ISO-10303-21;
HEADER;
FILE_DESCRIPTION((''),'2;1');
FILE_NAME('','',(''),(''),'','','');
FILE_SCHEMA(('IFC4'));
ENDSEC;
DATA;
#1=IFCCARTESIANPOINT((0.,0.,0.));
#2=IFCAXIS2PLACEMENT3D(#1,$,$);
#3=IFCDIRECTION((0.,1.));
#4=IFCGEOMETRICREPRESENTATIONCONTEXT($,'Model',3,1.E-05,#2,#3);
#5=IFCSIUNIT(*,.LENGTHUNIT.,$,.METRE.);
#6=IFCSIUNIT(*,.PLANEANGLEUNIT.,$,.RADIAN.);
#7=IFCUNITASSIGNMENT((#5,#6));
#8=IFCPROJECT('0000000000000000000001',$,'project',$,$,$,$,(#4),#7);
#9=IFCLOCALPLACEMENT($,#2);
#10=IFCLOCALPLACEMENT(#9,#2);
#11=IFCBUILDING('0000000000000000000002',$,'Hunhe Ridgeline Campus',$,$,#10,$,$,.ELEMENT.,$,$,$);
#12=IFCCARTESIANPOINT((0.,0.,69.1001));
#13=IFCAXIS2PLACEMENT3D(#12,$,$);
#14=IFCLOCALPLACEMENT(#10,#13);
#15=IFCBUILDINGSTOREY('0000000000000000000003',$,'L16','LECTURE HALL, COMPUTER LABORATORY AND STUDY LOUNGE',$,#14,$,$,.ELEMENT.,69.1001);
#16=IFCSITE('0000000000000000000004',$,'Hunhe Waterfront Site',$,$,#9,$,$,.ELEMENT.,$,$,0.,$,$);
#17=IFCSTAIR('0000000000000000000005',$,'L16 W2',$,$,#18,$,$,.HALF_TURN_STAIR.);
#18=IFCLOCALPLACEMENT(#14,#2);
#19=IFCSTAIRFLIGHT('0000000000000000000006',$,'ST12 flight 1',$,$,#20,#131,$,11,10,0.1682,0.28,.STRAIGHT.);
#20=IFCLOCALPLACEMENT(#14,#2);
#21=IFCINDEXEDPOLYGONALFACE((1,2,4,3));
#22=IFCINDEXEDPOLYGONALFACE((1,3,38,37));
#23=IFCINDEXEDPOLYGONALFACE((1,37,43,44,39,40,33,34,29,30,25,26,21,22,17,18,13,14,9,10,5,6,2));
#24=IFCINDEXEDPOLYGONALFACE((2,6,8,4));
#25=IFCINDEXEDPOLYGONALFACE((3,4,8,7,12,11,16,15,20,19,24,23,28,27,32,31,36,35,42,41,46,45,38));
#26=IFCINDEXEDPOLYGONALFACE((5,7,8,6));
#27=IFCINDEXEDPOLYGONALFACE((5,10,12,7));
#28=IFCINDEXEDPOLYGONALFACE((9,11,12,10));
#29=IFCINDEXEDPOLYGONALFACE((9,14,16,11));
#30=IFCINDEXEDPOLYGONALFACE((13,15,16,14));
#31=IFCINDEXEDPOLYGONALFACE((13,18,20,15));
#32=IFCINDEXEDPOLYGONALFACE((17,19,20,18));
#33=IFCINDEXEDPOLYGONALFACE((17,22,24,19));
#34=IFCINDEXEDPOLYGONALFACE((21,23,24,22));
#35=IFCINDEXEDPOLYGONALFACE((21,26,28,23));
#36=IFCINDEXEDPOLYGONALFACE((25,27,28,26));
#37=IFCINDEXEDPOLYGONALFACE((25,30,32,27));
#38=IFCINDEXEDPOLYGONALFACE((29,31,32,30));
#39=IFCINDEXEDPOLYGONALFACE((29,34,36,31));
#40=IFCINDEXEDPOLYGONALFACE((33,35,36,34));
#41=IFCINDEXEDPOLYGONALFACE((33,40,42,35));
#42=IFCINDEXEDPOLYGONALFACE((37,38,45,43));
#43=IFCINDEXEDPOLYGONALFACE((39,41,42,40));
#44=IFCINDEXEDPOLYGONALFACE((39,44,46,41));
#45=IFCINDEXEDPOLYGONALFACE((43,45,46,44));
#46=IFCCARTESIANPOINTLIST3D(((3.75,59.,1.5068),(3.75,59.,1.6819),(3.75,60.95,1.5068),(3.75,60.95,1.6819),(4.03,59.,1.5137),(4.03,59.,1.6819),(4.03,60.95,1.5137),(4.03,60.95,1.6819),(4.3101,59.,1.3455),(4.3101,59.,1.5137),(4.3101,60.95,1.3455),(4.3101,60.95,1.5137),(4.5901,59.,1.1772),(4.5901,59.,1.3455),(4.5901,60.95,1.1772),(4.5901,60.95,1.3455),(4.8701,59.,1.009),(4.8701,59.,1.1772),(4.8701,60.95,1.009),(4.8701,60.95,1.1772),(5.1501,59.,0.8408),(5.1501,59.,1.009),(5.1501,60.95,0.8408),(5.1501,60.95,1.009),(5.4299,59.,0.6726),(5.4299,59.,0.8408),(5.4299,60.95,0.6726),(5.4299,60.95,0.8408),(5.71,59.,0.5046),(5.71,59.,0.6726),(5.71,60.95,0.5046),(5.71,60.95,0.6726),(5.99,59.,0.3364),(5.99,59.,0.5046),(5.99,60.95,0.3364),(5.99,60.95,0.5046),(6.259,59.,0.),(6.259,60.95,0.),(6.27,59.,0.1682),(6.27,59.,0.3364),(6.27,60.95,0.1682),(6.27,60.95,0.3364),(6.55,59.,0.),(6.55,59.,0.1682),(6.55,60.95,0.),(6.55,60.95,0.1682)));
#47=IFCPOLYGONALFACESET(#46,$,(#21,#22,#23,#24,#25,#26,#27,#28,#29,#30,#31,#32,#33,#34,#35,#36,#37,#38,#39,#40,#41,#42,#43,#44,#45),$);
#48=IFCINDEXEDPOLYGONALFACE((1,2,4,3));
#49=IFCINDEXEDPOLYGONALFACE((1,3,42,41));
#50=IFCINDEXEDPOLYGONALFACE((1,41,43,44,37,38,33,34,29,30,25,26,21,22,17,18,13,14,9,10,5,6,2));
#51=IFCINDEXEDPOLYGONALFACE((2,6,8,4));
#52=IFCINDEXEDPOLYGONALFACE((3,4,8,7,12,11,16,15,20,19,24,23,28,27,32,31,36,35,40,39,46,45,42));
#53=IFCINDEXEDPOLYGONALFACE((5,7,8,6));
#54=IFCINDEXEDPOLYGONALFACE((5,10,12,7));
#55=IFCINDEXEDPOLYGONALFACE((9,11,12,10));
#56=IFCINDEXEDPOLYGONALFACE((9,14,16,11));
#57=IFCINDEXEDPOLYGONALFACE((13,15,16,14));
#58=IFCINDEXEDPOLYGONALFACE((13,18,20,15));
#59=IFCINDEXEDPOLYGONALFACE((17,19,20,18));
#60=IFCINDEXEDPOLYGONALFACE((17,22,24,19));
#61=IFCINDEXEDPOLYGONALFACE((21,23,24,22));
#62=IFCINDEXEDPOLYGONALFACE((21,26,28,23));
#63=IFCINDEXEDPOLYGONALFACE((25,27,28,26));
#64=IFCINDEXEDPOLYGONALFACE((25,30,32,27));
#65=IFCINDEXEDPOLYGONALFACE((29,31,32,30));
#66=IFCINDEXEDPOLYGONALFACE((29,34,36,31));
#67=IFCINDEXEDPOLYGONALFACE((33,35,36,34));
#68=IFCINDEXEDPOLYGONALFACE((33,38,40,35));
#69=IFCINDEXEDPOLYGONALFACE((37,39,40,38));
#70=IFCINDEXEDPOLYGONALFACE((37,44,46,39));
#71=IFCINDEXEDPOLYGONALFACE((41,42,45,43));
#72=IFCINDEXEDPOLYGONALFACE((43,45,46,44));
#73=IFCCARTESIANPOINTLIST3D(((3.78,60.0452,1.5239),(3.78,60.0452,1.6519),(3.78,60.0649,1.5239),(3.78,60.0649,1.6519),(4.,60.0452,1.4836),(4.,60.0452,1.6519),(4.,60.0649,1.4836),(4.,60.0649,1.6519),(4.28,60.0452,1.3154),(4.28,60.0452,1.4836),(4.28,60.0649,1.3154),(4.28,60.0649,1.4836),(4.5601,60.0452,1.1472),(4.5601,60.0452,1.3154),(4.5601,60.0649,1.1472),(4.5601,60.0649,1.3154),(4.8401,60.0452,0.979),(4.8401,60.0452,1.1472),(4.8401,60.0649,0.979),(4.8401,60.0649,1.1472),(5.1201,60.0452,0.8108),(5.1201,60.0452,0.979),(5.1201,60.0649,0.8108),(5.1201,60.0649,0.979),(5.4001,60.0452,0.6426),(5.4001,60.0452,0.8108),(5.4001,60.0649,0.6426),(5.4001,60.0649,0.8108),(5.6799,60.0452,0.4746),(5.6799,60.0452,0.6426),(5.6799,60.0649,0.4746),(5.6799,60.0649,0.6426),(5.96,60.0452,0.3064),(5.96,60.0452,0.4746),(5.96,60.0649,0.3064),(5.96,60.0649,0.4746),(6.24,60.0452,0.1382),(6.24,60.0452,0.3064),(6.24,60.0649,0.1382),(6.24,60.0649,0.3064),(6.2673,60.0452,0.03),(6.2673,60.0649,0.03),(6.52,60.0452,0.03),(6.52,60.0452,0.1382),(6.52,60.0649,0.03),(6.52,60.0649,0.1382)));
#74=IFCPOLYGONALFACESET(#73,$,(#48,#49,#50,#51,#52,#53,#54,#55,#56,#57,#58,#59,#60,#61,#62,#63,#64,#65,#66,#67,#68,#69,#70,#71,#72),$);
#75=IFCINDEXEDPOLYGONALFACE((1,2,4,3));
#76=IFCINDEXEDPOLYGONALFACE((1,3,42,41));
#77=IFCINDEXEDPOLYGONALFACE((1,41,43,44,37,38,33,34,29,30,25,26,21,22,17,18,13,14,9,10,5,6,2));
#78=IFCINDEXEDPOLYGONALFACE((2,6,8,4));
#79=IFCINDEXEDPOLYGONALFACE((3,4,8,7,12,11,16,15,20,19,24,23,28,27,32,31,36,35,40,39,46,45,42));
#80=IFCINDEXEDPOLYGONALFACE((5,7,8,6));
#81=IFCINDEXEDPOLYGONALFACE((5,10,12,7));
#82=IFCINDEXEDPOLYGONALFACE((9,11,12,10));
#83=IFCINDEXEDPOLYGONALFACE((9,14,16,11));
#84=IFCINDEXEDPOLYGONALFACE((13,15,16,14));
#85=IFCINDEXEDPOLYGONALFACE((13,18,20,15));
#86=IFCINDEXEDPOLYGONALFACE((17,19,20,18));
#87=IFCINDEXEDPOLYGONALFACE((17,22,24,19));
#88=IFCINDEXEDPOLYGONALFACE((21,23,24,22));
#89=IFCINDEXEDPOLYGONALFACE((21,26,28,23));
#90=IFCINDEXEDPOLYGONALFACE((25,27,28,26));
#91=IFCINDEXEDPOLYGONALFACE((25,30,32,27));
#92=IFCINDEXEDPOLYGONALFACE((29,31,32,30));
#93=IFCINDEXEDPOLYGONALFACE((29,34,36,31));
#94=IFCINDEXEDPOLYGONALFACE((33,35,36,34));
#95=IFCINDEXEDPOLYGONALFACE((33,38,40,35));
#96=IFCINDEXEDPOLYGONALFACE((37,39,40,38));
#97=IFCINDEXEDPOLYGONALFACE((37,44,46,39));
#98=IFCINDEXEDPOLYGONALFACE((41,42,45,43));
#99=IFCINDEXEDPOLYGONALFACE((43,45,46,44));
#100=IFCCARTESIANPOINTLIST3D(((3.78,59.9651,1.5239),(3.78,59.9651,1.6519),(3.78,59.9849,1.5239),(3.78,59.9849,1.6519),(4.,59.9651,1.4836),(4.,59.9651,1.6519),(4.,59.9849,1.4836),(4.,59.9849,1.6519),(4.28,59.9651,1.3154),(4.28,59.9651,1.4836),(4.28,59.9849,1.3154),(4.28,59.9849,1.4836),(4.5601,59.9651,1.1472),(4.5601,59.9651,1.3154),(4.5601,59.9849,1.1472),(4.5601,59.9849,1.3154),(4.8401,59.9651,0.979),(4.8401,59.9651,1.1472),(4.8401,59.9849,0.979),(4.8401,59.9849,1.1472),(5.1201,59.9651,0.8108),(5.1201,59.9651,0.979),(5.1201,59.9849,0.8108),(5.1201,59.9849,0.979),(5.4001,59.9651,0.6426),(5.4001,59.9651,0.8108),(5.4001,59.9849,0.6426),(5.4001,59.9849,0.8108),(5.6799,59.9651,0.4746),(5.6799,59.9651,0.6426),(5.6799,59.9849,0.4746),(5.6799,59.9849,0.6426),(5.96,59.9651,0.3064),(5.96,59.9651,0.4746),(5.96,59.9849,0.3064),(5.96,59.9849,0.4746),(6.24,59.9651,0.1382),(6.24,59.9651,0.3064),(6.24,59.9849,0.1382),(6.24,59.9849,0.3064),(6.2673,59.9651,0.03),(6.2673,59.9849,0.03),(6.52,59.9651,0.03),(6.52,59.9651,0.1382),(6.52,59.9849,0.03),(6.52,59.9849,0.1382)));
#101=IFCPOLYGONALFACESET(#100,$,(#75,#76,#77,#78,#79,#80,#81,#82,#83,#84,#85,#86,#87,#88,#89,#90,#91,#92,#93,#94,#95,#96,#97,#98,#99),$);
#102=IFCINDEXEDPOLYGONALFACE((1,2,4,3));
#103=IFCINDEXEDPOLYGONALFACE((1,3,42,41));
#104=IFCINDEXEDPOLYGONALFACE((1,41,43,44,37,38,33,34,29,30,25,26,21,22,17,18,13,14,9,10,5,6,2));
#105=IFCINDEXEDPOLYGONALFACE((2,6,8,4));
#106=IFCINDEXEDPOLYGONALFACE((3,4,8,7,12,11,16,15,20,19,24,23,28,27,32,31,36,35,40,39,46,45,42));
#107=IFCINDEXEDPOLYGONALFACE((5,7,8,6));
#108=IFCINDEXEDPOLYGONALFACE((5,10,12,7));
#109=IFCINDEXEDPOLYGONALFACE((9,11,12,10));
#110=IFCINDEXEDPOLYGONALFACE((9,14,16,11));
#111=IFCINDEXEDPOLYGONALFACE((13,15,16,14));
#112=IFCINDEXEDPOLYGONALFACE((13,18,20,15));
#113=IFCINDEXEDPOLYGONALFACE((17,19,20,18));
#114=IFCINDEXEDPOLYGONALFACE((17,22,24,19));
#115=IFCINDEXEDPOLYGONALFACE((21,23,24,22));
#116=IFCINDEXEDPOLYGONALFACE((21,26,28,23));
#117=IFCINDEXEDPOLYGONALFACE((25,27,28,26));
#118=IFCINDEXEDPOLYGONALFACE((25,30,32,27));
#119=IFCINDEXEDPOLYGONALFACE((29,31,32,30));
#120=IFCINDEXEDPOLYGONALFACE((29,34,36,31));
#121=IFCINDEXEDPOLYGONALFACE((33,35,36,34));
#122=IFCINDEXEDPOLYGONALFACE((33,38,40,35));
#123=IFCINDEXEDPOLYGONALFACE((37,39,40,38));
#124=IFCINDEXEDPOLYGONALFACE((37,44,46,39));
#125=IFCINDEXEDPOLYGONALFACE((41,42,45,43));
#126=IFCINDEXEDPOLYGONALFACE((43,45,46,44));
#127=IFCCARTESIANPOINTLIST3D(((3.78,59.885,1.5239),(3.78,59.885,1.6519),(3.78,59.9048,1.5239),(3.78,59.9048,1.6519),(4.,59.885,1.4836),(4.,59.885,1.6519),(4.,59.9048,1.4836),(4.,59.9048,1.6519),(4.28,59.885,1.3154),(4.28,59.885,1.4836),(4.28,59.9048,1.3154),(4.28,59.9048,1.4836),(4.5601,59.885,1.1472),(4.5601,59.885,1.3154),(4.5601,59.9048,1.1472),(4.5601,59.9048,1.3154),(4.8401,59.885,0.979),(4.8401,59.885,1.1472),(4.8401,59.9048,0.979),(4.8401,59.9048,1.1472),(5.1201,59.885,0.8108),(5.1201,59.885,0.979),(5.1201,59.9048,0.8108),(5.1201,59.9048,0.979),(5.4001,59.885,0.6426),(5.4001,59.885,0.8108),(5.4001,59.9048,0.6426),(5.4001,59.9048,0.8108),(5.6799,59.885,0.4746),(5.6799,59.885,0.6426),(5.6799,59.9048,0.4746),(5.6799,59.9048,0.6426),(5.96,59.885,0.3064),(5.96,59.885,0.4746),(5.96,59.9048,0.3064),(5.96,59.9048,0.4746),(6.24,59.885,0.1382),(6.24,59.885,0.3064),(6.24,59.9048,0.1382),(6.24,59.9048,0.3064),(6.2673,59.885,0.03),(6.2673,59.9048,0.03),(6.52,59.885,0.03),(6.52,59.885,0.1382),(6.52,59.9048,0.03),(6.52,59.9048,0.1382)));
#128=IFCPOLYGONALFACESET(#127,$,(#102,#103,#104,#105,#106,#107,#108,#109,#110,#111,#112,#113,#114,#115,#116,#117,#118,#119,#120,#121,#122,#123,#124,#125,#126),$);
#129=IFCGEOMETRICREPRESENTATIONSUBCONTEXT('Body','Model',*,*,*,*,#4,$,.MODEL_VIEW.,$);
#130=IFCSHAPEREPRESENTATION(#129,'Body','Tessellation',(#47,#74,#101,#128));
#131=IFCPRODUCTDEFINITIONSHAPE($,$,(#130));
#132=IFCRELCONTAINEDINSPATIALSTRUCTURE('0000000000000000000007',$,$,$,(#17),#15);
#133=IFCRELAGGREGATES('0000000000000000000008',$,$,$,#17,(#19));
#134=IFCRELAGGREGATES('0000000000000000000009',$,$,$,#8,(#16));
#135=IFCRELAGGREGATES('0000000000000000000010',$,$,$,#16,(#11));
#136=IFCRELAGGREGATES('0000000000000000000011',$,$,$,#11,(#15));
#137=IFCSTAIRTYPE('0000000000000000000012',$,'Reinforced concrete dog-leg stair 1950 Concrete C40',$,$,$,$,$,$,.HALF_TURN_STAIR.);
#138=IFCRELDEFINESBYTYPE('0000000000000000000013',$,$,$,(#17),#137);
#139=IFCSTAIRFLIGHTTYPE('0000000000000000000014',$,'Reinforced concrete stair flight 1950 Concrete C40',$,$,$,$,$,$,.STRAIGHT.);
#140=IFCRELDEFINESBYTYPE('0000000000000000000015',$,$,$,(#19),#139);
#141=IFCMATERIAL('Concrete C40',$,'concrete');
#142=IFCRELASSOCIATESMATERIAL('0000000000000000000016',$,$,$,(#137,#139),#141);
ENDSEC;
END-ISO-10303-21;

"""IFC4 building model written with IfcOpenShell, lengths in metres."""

from ifc_helpers import new_model, si_unit, direction, frame, origin, place, context, subcontext, project, spatial, polyline, outline, extrude, material, type_object, element, aggregate, save


model = new_model("IFC4")

# Units and contexts
model_context = context("Model", 3, precision=1e-05, world=origin(), true_north=direction((0.0, 1.0)))
body_context = subcontext(model_context, "Body", "Model", "MODEL_VIEW")
ifc_project = project(units=[si_unit("LENGTHUNIT", "METRE"), si_unit("PLANEANGLEUNIT", "RADIAN")], contexts=[model_context])

# Site, building, storey
site_placement = place(None, origin())
site = spatial("IfcSite", under=ifc_project, at=site_placement, Name="Hunhe Waterfront Site", CompositionType="ELEMENT", RefElevation=0.0)
building_placement = place(site_placement, origin())
building = spatial("IfcBuilding", under=site, at=building_placement, Name="Hunhe Ridgeline Campus", CompositionType="ELEMENT")
storey_placement = place(building_placement, frame((0.0, 0.0, 69.1001)))
storey = spatial("IfcBuildingStorey", under=building, at=storey_placement, Name="L16", Description="LECTURE HALL, COMPUTER LABORATORY AND STUDY LOUNGE", CompositionType="ELEMENT", Elevation=69.1001)

# Stair, stair flight
ifc_material_1 = material(Name="Concrete C40", Category="concrete")
stair_type = type_object("IfcStairType", Name="Reinforced concrete dog-leg stair 1950 Concrete C40", PredefinedType="HALF_TURN_STAIR", material=ifc_material_1)
stair_placement = place(storey_placement, origin())
stair = element("IfcStair", 1, at=stair_placement, inside=storey, type_object=stair_type, Name="L16 W2", PredefinedType="HALF_TURN_STAIR")
stair_flight_type = type_object("IfcStairFlightType", Name="Reinforced concrete stair flight 1950 Concrete C40", PredefinedType="STRAIGHT", material=ifc_material_1)
stair_flight_1_placement = place(storey_placement, frame((6.55, 59.9751, 0.0), z_axis=(0.0, 0.0, 1.0), x_axis=(-1.0, 0.0, 0.0)))
stair_flight_1 = element("IfcStairFlight", 2, at=stair_flight_1_placement, type_object=stair_flight_type, Name="ST12 flight 1", NumberOfRisers=11, NumberOfTreads=10, PredefinedType="STRAIGHT", RiserHeight=0.1682, TreadLength=0.28, context=body_context, shape_type="SweptSolid", body=[
    extrude(outline(polyline([(0.0, 0.0), (0.0, 0.1682), (0.28, 0.1682), (0.28, 0.3364), (0.5601, 0.3364), (0.5601, 0.5046), (0.8401, 0.5046), (0.8401, 0.6726), (1.1201, 0.6726), (1.1201, 0.8408), (1.3999, 0.8408), (1.3999, 1.009), (1.6799, 1.009), (1.6799, 1.1772), (1.96, 1.1772), (1.96, 1.3455), (2.24, 1.3455), (2.24, 1.5137), (2.52, 1.5137), (2.52, 1.6819), (2.8, 1.6819), (2.8, 1.8501), (2.8, 1.5068), (0.291, 0.0), (0.0, 0.0)])), frame((0.0, 0.9751, 0.0), z_axis=(0.0, -1.0, 0.0), x_axis=(1.0, 0.0, 0.0)), (0.0, 0.0, 1.0), 1.95),
    extrude(outline(polyline([(0.03, 0.03), (0.03, 0.1382), (0.3101, 0.1382), (0.3101, 0.3064), (0.5901, 0.3064), (0.5901, 0.4746), (0.8701, 0.4746), (0.8701, 0.6426), (1.1499, 0.6426), (1.1499, 0.8108), (1.4299, 0.8108), (1.4299, 0.979), (1.71, 0.979), (1.71, 1.1472), (1.99, 1.1472), (1.99, 1.3154), (2.27, 1.3154), (2.27, 1.4836), (2.55, 1.4836), (2.55, 1.6519), (2.77, 1.6519), (2.77, 1.5239), (0.2827, 0.03), (0.03, 0.03)])), frame((0.0, -0.0701, 0.0), z_axis=(0.0, -1.0, 0.0), x_axis=(1.0, 0.0, 0.0)), (0.0, 0.0, 1.0), 0.0198),
    extrude(outline(polyline([(0.03, 0.03), (0.03, 0.1382), (0.3101, 0.1382), (0.3101, 0.3064), (0.5901, 0.3064), (0.5901, 0.4746), (0.8701, 0.4746), (0.8701, 0.6426), (1.1499, 0.6426), (1.1499, 0.8108), (1.4299, 0.8108), (1.4299, 0.979), (1.71, 0.979), (1.71, 1.1472), (1.99, 1.1472), (1.99, 1.3154), (2.27, 1.3154), (2.27, 1.4836), (2.55, 1.4836), (2.55, 1.6519), (2.77, 1.6519), (2.77, 1.5239), (0.2827, 0.03), (0.03, 0.03)])), frame((0.0, 0.01, 0.0), z_axis=(0.0, -1.0, 0.0), x_axis=(1.0, 0.0, 0.0)), (0.0, 0.0, 1.0), 0.0198),
    extrude(outline(polyline([(0.03, 0.03), (0.03, 0.1382), (0.3101, 0.1382), (0.3101, 0.3064), (0.5901, 0.3064), (0.5901, 0.4746), (0.8701, 0.4746), (0.8701, 0.6426), (1.1499, 0.6426), (1.1499, 0.8108), (1.4299, 0.8108), (1.4299, 0.979), (1.71, 0.979), (1.71, 1.1472), (1.99, 1.1472), (1.99, 1.3154), (2.27, 1.3154), (2.27, 1.4836), (2.55, 1.4836), (2.55, 1.6519), (2.77, 1.6519), (2.77, 1.5239), (0.2827, 0.03), (0.03, 0.03)])), frame((0.0, 0.0901, 0.0), z_axis=(0.0, -1.0, 0.0), x_axis=(1.0, 0.0, 0.0)), (0.0, 0.0, 1.0), 0.0198),
])
aggregate(stair, [stair_flight_1])

save(model, "model.ifc")
